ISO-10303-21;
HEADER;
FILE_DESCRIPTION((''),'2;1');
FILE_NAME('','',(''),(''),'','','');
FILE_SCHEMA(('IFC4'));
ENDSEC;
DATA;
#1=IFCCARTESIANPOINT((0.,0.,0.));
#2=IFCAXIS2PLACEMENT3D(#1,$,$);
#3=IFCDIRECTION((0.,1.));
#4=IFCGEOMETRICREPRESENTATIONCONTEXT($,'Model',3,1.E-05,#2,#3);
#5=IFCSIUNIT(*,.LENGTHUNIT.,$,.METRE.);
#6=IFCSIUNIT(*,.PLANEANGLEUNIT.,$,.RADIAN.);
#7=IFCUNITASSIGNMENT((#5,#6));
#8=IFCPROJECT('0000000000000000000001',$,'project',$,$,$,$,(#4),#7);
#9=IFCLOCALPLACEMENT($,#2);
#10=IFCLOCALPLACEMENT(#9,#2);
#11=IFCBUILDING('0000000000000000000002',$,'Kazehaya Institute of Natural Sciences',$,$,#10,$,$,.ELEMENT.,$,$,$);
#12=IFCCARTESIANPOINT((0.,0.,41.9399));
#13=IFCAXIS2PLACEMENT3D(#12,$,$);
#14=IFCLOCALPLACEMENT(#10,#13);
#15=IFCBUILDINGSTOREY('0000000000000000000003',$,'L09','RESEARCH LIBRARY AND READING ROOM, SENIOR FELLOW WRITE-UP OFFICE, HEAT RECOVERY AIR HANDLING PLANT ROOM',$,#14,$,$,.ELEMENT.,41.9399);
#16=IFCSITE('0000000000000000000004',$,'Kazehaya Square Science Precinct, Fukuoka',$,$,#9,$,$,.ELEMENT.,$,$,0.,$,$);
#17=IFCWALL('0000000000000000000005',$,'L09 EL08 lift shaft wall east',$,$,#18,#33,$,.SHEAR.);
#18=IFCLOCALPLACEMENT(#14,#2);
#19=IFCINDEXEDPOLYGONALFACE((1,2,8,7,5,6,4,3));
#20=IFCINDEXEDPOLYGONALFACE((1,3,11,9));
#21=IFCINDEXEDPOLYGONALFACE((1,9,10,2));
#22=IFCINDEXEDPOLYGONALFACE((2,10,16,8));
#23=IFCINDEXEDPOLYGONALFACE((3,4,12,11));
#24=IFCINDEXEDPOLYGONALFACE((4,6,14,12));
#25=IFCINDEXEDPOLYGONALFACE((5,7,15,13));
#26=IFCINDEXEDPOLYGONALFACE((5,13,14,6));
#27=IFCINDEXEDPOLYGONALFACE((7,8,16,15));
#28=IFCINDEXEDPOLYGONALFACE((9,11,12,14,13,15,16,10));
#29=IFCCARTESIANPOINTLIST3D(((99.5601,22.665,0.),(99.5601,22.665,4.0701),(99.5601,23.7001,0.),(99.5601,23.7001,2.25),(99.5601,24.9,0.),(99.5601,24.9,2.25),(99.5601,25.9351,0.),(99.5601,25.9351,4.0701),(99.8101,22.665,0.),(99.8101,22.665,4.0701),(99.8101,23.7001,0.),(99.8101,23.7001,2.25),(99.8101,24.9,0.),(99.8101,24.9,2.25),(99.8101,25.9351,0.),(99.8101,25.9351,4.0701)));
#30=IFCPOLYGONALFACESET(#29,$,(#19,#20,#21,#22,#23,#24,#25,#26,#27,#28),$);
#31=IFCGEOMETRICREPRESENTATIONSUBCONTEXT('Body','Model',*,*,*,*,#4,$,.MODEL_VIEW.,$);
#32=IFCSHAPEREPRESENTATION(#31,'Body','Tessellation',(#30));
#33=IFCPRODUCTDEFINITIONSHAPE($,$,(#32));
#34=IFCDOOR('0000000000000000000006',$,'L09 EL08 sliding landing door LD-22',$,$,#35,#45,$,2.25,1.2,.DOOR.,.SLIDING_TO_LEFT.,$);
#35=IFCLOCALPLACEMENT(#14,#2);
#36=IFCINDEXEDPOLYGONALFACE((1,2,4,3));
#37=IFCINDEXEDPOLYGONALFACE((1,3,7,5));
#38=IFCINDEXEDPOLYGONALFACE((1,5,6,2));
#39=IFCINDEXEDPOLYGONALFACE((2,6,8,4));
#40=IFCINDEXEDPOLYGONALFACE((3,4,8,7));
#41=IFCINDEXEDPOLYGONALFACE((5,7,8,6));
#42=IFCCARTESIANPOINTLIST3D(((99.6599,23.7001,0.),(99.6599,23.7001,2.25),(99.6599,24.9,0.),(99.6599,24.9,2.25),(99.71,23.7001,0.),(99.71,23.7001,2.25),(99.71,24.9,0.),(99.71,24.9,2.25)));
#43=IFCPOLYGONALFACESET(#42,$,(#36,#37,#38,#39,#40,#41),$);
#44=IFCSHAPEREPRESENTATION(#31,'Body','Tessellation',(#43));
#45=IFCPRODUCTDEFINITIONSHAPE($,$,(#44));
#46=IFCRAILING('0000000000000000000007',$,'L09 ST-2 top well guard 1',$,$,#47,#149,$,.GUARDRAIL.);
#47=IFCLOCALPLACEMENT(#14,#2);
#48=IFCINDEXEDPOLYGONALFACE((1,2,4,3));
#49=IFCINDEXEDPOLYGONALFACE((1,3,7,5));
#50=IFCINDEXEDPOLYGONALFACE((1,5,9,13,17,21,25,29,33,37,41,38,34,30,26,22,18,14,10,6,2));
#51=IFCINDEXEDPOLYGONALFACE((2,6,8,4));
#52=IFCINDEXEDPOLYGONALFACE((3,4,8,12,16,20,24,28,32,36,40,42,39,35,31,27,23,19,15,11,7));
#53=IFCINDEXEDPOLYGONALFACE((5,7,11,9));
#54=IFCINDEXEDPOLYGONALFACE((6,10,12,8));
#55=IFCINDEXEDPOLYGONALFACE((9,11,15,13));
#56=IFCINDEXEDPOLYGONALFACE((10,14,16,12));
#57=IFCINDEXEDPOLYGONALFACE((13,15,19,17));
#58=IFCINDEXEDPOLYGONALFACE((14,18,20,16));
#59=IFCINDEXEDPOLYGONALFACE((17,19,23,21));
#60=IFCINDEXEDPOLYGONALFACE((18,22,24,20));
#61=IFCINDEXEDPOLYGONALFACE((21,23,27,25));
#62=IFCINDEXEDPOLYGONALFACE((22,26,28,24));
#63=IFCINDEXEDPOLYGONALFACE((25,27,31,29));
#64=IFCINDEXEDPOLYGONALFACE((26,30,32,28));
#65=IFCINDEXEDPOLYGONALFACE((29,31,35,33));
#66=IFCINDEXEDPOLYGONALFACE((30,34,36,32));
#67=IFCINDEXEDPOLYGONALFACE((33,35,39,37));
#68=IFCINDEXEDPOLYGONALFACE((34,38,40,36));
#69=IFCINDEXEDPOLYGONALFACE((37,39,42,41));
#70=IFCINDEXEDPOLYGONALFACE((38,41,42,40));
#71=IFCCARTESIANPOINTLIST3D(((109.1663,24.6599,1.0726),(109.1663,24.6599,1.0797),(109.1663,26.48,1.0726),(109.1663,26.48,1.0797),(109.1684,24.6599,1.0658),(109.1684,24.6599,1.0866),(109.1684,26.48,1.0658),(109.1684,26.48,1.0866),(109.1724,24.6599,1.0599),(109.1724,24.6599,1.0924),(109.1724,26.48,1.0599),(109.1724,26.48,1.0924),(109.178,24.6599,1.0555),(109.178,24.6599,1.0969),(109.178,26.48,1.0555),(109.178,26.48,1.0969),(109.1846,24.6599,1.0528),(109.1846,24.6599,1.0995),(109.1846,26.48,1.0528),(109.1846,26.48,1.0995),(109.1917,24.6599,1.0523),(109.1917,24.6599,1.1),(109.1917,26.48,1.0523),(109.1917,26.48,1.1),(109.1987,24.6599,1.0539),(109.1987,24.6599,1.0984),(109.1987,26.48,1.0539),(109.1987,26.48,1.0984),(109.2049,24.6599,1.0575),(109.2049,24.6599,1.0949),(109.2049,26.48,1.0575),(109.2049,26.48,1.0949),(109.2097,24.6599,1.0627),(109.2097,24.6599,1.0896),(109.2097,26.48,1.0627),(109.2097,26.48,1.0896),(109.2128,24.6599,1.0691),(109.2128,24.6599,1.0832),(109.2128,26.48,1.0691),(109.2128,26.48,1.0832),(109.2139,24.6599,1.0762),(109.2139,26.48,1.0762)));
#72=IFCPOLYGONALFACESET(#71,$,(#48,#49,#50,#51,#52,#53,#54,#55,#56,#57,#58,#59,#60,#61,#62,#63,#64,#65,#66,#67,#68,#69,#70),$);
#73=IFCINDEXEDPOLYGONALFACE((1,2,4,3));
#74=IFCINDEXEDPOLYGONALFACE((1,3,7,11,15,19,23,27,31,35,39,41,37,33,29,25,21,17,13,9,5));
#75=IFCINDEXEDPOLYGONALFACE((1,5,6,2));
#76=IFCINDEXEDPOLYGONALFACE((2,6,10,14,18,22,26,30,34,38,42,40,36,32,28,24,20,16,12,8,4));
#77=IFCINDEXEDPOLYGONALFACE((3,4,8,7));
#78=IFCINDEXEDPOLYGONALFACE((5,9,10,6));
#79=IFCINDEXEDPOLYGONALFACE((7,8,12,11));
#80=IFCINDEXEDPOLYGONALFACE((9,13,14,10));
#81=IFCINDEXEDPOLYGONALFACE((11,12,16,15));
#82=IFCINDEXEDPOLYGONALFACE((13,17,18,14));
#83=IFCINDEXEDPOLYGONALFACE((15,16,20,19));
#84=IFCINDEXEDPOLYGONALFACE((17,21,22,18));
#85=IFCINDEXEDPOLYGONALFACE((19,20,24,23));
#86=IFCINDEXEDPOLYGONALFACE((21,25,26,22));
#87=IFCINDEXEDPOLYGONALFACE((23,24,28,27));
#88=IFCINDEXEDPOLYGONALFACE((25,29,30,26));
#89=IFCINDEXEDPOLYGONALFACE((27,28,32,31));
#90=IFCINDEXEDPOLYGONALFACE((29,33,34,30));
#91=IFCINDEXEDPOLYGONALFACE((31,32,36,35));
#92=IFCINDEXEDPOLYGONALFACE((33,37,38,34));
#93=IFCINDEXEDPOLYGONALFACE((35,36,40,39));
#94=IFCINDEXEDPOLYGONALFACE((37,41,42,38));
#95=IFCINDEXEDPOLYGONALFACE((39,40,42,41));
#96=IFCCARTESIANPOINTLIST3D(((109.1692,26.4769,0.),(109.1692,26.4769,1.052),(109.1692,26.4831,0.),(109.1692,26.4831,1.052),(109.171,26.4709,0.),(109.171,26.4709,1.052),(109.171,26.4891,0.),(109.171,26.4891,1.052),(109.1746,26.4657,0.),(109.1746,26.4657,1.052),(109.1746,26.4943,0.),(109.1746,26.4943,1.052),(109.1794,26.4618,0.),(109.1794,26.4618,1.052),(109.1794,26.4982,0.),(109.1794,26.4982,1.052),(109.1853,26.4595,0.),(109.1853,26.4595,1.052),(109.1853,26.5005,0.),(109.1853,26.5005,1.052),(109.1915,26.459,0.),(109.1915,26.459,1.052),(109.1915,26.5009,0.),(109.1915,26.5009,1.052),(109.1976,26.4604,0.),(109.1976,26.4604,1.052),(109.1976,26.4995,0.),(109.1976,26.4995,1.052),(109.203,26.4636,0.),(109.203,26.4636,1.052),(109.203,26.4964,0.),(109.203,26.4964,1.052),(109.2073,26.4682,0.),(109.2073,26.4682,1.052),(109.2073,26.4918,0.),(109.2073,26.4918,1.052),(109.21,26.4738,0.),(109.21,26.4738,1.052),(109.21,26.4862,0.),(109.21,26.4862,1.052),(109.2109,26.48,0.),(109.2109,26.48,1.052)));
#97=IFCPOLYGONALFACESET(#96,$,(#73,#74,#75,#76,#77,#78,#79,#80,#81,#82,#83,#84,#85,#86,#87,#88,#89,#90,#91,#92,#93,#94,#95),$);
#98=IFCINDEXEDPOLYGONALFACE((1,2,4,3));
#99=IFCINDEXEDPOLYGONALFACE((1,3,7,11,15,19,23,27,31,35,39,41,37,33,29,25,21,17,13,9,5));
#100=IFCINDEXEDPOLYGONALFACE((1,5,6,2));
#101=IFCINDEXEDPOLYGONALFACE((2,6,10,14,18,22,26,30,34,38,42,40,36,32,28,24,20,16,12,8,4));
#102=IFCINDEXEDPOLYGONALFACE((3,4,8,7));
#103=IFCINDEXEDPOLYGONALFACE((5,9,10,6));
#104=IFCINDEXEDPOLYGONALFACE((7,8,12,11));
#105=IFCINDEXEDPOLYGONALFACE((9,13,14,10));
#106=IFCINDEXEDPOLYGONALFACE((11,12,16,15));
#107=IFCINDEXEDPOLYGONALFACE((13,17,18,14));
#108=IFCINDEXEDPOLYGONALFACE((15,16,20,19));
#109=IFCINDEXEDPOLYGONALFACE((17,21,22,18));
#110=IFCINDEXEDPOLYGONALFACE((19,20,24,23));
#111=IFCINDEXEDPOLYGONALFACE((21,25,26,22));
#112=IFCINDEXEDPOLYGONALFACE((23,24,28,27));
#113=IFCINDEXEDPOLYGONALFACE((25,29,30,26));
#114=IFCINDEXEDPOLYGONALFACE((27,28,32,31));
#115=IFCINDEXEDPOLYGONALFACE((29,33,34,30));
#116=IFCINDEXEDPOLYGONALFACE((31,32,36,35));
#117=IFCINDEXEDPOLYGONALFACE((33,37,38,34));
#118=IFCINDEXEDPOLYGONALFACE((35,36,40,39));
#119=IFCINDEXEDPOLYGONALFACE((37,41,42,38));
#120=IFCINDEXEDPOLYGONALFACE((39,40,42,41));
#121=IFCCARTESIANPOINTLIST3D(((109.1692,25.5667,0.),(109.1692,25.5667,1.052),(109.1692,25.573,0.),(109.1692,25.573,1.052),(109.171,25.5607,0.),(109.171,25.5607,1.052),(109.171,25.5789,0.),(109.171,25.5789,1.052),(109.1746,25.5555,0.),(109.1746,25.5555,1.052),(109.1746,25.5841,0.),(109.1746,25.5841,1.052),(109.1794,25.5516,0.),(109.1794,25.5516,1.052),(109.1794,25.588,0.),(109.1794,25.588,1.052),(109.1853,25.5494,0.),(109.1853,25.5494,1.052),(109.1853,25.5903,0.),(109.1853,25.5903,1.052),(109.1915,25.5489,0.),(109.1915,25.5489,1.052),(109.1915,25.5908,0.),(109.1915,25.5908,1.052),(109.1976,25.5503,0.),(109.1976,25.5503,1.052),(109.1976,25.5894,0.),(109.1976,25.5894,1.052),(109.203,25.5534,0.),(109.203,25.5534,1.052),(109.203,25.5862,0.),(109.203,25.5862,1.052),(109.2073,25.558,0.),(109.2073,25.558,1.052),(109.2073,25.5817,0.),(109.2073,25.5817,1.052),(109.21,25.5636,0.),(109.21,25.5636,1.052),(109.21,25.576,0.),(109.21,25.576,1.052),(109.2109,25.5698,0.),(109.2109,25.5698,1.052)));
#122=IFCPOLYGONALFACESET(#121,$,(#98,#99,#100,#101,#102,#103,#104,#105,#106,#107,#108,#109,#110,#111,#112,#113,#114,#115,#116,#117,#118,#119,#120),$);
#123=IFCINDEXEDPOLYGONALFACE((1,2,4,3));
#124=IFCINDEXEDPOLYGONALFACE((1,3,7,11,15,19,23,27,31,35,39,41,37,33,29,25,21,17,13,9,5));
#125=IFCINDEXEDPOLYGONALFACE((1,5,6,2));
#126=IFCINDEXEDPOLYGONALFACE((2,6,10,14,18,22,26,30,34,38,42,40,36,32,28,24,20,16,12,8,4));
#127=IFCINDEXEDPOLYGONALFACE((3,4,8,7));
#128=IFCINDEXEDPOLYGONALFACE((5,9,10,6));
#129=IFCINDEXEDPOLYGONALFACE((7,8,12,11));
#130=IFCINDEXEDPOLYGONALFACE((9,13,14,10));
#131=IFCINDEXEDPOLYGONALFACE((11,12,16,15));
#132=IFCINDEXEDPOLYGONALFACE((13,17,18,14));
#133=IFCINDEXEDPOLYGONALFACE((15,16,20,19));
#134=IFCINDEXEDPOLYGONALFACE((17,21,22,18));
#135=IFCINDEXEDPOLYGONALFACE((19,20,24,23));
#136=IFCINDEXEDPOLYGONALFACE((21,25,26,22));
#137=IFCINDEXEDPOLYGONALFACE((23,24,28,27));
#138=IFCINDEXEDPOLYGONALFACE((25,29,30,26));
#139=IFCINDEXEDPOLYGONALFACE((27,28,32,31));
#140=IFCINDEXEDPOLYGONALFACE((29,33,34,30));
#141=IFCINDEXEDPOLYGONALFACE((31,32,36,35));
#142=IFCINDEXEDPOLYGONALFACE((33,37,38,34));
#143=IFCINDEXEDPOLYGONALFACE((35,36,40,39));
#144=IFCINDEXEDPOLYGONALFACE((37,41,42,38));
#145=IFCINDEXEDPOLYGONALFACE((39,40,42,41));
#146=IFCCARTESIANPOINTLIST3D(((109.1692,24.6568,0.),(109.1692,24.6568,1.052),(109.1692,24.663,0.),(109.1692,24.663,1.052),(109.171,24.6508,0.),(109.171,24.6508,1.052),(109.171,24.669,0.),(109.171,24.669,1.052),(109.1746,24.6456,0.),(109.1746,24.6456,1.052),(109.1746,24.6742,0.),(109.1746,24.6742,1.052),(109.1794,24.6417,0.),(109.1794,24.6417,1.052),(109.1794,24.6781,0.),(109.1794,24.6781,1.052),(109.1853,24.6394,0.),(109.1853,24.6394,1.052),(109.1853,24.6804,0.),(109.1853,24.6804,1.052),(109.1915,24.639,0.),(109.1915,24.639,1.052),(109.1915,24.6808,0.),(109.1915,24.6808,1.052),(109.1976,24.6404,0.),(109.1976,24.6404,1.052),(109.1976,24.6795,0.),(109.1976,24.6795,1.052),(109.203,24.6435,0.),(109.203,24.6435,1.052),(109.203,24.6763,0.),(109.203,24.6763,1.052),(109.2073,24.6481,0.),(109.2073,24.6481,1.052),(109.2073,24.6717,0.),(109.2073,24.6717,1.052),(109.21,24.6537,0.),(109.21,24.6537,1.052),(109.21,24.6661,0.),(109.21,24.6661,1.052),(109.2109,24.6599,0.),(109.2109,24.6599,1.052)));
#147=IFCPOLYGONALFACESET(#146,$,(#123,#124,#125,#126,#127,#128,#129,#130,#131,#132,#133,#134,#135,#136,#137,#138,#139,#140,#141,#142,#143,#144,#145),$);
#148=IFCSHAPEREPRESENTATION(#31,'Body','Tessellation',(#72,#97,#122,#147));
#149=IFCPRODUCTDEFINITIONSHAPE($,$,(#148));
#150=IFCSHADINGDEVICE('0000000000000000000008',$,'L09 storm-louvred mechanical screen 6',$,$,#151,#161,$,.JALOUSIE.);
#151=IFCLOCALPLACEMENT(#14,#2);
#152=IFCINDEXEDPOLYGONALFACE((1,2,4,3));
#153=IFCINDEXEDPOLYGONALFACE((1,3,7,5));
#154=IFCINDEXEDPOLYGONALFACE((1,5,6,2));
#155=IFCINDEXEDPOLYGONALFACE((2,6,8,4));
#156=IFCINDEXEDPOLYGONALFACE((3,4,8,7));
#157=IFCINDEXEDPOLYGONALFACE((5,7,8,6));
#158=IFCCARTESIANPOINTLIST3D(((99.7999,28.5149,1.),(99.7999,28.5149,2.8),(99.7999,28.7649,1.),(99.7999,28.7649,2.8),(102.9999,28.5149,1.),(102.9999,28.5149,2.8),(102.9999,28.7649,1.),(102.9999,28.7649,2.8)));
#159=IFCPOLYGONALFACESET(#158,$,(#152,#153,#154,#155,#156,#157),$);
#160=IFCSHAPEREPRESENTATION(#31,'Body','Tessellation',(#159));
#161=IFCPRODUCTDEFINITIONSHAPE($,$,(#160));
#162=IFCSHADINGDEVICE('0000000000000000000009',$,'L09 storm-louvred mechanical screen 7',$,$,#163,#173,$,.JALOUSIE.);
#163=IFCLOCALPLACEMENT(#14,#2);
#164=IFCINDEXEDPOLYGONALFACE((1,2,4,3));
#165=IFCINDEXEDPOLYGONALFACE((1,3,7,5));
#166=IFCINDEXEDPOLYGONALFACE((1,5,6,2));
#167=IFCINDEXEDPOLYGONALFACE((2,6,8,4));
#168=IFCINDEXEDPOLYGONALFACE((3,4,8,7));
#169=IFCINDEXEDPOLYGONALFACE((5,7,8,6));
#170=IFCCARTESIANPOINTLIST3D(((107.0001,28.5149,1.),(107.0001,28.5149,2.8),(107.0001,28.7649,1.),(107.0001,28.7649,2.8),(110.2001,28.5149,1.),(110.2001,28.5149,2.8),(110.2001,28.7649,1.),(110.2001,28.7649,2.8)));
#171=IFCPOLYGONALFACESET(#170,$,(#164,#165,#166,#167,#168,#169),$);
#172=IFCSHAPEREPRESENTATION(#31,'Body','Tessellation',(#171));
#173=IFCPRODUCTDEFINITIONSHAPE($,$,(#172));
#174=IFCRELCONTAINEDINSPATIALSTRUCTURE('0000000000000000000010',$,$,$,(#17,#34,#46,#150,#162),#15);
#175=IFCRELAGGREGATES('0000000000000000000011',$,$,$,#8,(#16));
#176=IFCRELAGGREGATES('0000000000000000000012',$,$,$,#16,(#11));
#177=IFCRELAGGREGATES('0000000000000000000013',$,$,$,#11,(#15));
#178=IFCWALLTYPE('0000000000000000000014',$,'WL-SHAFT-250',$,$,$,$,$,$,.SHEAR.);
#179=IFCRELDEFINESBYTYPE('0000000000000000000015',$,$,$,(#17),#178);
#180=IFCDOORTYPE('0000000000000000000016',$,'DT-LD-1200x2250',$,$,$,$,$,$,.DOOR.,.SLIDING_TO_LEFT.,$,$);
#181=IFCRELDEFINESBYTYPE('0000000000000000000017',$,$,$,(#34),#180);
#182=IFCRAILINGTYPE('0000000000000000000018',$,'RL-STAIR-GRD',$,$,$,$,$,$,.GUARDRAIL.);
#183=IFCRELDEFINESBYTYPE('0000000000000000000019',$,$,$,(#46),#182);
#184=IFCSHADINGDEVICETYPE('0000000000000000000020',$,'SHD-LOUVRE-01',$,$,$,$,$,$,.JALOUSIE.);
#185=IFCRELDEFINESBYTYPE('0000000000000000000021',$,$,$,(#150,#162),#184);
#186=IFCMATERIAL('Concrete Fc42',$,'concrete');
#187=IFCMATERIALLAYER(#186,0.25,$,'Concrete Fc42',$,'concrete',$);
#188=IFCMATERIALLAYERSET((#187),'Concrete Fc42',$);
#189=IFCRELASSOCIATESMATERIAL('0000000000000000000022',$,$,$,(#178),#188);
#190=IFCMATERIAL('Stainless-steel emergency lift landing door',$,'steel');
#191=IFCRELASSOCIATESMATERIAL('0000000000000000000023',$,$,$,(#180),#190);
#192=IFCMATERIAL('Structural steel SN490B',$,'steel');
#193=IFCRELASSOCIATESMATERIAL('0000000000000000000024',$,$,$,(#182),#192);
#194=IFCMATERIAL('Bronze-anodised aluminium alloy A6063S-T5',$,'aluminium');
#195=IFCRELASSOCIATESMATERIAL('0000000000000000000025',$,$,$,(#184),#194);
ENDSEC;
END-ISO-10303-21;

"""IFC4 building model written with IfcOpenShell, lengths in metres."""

from ifc_helpers import new_model, si_unit, direction, frame, frame_2d, origin, origin_2d, place, context, subcontext, project, spatial, rectangle, circle, extrude, material, layer, layer_set, type_object, element, fill, save


model = new_model("IFC4")

# Units and contexts
model_context = context("Model", 3, precision=1e-05, world=origin(), true_north=direction((0.0, 1.0)))
body_context = subcontext(model_context, "Body", "Model", "MODEL_VIEW")
ifc_project = project(units=[si_unit("LENGTHUNIT", "METRE"), si_unit("PLANEANGLEUNIT", "RADIAN")], contexts=[model_context])

# Site, building, storey
site_placement = place(None, origin())
site = spatial("IfcSite", under=ifc_project, at=site_placement, Name="Kazehaya Square Science Precinct, Fukuoka", CompositionType="ELEMENT", RefElevation=0.0)
building_placement = place(site_placement, origin())
building = spatial("IfcBuilding", under=site, at=building_placement, Name="Kazehaya Institute of Natural Sciences", CompositionType="ELEMENT")
storey_placement = place(building_placement, frame((0.0, 0.0, 41.9399)))
storey = spatial("IfcBuildingStorey", under=building, at=storey_placement, Name="L09", Description="RESEARCH LIBRARY AND READING ROOM, SENIOR FELLOW WRITE-UP OFFICE, HEAT RECOVERY AIR HANDLING PLANT ROOM", CompositionType="ELEMENT", Elevation=41.9399)

# Shared definitions
ifc_material_1 = material(Name="Concrete Fc42", Category="concrete")

# Shared definitions
ifc_layer_1 = layer(ifc_material_1, 0.25, Name="Concrete Fc42", Category="concrete")
ifc_layer_set_1 = layer_set([ifc_layer_1], Name="Concrete Fc42")
wall_type_1 = type_object("IfcWallType", Name="WL-SHAFT-250", PredefinedType="SHEAR", material=ifc_layer_set_1)

# Wall, opening, door
wall_1_placement = place(storey_placement, frame((99.6851, 25.9351, 0.0), z_axis=(0.0, 0.0, 1.0), x_axis=(0.0, -1.0, 0.0)))
wall_1 = element("IfcWall", 1, at=wall_1_placement, inside=storey, type_object=wall_type_1, Name="L09 EL08 lift shaft wall east", PredefinedType="SHEAR", context=body_context, shape_type="SweptSolid", body=[
    extrude(rectangle(XDim=3.27, YDim=0.25, at=frame_2d((1.635, 0.0))), origin(), (0.0, 0.0, 1.0), 4.0701),
])
opening_1_placement = place(wall_1_placement, frame((1.0349, 0.0, 0.0)))
opening_1 = element("IfcOpeningElement", 2, at=opening_1_placement, cuts=wall_1, PredefinedType="OPENING", context=body_context, shape_type="SweptSolid", body=[
    extrude(rectangle(XDim=1.2, YDim=2.25, at=frame_2d((0.6001, 1.125))), frame((0.0, 0.135, 0.0), z_axis=(0.0, -1.0, 0.0), x_axis=(1.0, 0.0, 0.0)), (0.0, 0.0, 1.0), 0.27),
])
ifc_material_2 = material(Name="Stainless-steel emergency lift landing door", Category="steel")
door_type_1 = type_object("IfcDoorType", Name="DT-LD-1200x2250", OperationType="SLIDING_TO_LEFT", PredefinedType="DOOR", material=ifc_material_2)
door_1_placement = place(opening_1_placement, origin())
door_1 = element("IfcDoor", 3, at=door_1_placement, inside=storey, type_object=door_type_1, Name="L09 EL08 sliding landing door LD-22", OperationType="SLIDING_TO_LEFT", OverallHeight=2.25, OverallWidth=1.2, PredefinedType="DOOR", context=body_context, shape_type="SweptSolid", body=[
    extrude(rectangle(XDim=1.2, YDim=2.25, at=frame_2d((0.6001, 1.125))), frame((0.0, 0.0249, 0.0), z_axis=(0.0, -1.0, 0.0), x_axis=(1.0, 0.0, 0.0)), (0.0, 0.0, 1.0), 0.05),
])
fill(opening_1, door_1)

# Railing
ifc_material_3 = material(Name="Structural steel SN490B", Category="steel")
railing_type = type_object("IfcRailingType", Name="RL-STAIR-GRD", PredefinedType="GUARDRAIL", material=ifc_material_3)
railing_placement = place(storey_placement, frame((109.1899, 26.48, 0.0)))
element("IfcRailing", 4, at=railing_placement, inside=storey, type_object=railing_type, Name="L09 ST-2 top well guard 1", PredefinedType="GUARDRAIL", context=body_context, shape_type="SweptSolid", body=[
    extrude(circle(Radius=0.0239, at=origin_2d()), frame((0.0, 0.0, 1.0762), z_axis=(0.0, -1.0, 0.0), x_axis=(1.0, 0.0, 0.0)), (0.0, 0.0, 1.0), 1.8201),
    extrude(circle(Radius=0.021, at=origin_2d()), origin(), (0.0, 0.0, 1.0), 1.052),
    extrude(circle(Radius=0.021, at=origin_2d()), frame((0.0, -0.9102, 0.0)), (0.0, 0.0, 1.0), 1.052),
    extrude(circle(Radius=0.021, at=origin_2d()), frame((0.0, -1.8201, 0.0)), (0.0, 0.0, 1.0), 1.052),
])

# Shading devices
ifc_material_4 = material(Name="Bronze-anodised aluminium alloy A6063S-T5", Category="aluminium")
shading_device_type = type_object("IfcShadingDeviceType", Name="SHD-LOUVRE-01", PredefinedType="JALOUSIE", material=ifc_material_4)
for number, where, z_axis, x_axis, name in (
    (5, (101.3999, 28.6399, 1.0), (0.0, 0.0, 1.0), (1.0, 0.0, 0.0), "L09 storm-louvred mechanical screen 6"),
    (6, (108.6001, 28.6399, 1.0), (0.0, 0.0, 1.0), (1.0, 0.0, 0.0), "L09 storm-louvred mechanical screen 7"),
):
    element("IfcShadingDevice", number, at=place(storey_placement, frame(where, z_axis=z_axis, x_axis=x_axis)), inside=storey, type_object=shading_device_type, Name=name, PredefinedType="JALOUSIE", context=body_context, shape_type="SweptSolid", body=[
        extrude(rectangle(XDim=3.2, YDim=0.25, at=origin_2d()), origin(), (0.0, 0.0, 1.0), 1.8),
    ])

save(model, "model.ifc")
